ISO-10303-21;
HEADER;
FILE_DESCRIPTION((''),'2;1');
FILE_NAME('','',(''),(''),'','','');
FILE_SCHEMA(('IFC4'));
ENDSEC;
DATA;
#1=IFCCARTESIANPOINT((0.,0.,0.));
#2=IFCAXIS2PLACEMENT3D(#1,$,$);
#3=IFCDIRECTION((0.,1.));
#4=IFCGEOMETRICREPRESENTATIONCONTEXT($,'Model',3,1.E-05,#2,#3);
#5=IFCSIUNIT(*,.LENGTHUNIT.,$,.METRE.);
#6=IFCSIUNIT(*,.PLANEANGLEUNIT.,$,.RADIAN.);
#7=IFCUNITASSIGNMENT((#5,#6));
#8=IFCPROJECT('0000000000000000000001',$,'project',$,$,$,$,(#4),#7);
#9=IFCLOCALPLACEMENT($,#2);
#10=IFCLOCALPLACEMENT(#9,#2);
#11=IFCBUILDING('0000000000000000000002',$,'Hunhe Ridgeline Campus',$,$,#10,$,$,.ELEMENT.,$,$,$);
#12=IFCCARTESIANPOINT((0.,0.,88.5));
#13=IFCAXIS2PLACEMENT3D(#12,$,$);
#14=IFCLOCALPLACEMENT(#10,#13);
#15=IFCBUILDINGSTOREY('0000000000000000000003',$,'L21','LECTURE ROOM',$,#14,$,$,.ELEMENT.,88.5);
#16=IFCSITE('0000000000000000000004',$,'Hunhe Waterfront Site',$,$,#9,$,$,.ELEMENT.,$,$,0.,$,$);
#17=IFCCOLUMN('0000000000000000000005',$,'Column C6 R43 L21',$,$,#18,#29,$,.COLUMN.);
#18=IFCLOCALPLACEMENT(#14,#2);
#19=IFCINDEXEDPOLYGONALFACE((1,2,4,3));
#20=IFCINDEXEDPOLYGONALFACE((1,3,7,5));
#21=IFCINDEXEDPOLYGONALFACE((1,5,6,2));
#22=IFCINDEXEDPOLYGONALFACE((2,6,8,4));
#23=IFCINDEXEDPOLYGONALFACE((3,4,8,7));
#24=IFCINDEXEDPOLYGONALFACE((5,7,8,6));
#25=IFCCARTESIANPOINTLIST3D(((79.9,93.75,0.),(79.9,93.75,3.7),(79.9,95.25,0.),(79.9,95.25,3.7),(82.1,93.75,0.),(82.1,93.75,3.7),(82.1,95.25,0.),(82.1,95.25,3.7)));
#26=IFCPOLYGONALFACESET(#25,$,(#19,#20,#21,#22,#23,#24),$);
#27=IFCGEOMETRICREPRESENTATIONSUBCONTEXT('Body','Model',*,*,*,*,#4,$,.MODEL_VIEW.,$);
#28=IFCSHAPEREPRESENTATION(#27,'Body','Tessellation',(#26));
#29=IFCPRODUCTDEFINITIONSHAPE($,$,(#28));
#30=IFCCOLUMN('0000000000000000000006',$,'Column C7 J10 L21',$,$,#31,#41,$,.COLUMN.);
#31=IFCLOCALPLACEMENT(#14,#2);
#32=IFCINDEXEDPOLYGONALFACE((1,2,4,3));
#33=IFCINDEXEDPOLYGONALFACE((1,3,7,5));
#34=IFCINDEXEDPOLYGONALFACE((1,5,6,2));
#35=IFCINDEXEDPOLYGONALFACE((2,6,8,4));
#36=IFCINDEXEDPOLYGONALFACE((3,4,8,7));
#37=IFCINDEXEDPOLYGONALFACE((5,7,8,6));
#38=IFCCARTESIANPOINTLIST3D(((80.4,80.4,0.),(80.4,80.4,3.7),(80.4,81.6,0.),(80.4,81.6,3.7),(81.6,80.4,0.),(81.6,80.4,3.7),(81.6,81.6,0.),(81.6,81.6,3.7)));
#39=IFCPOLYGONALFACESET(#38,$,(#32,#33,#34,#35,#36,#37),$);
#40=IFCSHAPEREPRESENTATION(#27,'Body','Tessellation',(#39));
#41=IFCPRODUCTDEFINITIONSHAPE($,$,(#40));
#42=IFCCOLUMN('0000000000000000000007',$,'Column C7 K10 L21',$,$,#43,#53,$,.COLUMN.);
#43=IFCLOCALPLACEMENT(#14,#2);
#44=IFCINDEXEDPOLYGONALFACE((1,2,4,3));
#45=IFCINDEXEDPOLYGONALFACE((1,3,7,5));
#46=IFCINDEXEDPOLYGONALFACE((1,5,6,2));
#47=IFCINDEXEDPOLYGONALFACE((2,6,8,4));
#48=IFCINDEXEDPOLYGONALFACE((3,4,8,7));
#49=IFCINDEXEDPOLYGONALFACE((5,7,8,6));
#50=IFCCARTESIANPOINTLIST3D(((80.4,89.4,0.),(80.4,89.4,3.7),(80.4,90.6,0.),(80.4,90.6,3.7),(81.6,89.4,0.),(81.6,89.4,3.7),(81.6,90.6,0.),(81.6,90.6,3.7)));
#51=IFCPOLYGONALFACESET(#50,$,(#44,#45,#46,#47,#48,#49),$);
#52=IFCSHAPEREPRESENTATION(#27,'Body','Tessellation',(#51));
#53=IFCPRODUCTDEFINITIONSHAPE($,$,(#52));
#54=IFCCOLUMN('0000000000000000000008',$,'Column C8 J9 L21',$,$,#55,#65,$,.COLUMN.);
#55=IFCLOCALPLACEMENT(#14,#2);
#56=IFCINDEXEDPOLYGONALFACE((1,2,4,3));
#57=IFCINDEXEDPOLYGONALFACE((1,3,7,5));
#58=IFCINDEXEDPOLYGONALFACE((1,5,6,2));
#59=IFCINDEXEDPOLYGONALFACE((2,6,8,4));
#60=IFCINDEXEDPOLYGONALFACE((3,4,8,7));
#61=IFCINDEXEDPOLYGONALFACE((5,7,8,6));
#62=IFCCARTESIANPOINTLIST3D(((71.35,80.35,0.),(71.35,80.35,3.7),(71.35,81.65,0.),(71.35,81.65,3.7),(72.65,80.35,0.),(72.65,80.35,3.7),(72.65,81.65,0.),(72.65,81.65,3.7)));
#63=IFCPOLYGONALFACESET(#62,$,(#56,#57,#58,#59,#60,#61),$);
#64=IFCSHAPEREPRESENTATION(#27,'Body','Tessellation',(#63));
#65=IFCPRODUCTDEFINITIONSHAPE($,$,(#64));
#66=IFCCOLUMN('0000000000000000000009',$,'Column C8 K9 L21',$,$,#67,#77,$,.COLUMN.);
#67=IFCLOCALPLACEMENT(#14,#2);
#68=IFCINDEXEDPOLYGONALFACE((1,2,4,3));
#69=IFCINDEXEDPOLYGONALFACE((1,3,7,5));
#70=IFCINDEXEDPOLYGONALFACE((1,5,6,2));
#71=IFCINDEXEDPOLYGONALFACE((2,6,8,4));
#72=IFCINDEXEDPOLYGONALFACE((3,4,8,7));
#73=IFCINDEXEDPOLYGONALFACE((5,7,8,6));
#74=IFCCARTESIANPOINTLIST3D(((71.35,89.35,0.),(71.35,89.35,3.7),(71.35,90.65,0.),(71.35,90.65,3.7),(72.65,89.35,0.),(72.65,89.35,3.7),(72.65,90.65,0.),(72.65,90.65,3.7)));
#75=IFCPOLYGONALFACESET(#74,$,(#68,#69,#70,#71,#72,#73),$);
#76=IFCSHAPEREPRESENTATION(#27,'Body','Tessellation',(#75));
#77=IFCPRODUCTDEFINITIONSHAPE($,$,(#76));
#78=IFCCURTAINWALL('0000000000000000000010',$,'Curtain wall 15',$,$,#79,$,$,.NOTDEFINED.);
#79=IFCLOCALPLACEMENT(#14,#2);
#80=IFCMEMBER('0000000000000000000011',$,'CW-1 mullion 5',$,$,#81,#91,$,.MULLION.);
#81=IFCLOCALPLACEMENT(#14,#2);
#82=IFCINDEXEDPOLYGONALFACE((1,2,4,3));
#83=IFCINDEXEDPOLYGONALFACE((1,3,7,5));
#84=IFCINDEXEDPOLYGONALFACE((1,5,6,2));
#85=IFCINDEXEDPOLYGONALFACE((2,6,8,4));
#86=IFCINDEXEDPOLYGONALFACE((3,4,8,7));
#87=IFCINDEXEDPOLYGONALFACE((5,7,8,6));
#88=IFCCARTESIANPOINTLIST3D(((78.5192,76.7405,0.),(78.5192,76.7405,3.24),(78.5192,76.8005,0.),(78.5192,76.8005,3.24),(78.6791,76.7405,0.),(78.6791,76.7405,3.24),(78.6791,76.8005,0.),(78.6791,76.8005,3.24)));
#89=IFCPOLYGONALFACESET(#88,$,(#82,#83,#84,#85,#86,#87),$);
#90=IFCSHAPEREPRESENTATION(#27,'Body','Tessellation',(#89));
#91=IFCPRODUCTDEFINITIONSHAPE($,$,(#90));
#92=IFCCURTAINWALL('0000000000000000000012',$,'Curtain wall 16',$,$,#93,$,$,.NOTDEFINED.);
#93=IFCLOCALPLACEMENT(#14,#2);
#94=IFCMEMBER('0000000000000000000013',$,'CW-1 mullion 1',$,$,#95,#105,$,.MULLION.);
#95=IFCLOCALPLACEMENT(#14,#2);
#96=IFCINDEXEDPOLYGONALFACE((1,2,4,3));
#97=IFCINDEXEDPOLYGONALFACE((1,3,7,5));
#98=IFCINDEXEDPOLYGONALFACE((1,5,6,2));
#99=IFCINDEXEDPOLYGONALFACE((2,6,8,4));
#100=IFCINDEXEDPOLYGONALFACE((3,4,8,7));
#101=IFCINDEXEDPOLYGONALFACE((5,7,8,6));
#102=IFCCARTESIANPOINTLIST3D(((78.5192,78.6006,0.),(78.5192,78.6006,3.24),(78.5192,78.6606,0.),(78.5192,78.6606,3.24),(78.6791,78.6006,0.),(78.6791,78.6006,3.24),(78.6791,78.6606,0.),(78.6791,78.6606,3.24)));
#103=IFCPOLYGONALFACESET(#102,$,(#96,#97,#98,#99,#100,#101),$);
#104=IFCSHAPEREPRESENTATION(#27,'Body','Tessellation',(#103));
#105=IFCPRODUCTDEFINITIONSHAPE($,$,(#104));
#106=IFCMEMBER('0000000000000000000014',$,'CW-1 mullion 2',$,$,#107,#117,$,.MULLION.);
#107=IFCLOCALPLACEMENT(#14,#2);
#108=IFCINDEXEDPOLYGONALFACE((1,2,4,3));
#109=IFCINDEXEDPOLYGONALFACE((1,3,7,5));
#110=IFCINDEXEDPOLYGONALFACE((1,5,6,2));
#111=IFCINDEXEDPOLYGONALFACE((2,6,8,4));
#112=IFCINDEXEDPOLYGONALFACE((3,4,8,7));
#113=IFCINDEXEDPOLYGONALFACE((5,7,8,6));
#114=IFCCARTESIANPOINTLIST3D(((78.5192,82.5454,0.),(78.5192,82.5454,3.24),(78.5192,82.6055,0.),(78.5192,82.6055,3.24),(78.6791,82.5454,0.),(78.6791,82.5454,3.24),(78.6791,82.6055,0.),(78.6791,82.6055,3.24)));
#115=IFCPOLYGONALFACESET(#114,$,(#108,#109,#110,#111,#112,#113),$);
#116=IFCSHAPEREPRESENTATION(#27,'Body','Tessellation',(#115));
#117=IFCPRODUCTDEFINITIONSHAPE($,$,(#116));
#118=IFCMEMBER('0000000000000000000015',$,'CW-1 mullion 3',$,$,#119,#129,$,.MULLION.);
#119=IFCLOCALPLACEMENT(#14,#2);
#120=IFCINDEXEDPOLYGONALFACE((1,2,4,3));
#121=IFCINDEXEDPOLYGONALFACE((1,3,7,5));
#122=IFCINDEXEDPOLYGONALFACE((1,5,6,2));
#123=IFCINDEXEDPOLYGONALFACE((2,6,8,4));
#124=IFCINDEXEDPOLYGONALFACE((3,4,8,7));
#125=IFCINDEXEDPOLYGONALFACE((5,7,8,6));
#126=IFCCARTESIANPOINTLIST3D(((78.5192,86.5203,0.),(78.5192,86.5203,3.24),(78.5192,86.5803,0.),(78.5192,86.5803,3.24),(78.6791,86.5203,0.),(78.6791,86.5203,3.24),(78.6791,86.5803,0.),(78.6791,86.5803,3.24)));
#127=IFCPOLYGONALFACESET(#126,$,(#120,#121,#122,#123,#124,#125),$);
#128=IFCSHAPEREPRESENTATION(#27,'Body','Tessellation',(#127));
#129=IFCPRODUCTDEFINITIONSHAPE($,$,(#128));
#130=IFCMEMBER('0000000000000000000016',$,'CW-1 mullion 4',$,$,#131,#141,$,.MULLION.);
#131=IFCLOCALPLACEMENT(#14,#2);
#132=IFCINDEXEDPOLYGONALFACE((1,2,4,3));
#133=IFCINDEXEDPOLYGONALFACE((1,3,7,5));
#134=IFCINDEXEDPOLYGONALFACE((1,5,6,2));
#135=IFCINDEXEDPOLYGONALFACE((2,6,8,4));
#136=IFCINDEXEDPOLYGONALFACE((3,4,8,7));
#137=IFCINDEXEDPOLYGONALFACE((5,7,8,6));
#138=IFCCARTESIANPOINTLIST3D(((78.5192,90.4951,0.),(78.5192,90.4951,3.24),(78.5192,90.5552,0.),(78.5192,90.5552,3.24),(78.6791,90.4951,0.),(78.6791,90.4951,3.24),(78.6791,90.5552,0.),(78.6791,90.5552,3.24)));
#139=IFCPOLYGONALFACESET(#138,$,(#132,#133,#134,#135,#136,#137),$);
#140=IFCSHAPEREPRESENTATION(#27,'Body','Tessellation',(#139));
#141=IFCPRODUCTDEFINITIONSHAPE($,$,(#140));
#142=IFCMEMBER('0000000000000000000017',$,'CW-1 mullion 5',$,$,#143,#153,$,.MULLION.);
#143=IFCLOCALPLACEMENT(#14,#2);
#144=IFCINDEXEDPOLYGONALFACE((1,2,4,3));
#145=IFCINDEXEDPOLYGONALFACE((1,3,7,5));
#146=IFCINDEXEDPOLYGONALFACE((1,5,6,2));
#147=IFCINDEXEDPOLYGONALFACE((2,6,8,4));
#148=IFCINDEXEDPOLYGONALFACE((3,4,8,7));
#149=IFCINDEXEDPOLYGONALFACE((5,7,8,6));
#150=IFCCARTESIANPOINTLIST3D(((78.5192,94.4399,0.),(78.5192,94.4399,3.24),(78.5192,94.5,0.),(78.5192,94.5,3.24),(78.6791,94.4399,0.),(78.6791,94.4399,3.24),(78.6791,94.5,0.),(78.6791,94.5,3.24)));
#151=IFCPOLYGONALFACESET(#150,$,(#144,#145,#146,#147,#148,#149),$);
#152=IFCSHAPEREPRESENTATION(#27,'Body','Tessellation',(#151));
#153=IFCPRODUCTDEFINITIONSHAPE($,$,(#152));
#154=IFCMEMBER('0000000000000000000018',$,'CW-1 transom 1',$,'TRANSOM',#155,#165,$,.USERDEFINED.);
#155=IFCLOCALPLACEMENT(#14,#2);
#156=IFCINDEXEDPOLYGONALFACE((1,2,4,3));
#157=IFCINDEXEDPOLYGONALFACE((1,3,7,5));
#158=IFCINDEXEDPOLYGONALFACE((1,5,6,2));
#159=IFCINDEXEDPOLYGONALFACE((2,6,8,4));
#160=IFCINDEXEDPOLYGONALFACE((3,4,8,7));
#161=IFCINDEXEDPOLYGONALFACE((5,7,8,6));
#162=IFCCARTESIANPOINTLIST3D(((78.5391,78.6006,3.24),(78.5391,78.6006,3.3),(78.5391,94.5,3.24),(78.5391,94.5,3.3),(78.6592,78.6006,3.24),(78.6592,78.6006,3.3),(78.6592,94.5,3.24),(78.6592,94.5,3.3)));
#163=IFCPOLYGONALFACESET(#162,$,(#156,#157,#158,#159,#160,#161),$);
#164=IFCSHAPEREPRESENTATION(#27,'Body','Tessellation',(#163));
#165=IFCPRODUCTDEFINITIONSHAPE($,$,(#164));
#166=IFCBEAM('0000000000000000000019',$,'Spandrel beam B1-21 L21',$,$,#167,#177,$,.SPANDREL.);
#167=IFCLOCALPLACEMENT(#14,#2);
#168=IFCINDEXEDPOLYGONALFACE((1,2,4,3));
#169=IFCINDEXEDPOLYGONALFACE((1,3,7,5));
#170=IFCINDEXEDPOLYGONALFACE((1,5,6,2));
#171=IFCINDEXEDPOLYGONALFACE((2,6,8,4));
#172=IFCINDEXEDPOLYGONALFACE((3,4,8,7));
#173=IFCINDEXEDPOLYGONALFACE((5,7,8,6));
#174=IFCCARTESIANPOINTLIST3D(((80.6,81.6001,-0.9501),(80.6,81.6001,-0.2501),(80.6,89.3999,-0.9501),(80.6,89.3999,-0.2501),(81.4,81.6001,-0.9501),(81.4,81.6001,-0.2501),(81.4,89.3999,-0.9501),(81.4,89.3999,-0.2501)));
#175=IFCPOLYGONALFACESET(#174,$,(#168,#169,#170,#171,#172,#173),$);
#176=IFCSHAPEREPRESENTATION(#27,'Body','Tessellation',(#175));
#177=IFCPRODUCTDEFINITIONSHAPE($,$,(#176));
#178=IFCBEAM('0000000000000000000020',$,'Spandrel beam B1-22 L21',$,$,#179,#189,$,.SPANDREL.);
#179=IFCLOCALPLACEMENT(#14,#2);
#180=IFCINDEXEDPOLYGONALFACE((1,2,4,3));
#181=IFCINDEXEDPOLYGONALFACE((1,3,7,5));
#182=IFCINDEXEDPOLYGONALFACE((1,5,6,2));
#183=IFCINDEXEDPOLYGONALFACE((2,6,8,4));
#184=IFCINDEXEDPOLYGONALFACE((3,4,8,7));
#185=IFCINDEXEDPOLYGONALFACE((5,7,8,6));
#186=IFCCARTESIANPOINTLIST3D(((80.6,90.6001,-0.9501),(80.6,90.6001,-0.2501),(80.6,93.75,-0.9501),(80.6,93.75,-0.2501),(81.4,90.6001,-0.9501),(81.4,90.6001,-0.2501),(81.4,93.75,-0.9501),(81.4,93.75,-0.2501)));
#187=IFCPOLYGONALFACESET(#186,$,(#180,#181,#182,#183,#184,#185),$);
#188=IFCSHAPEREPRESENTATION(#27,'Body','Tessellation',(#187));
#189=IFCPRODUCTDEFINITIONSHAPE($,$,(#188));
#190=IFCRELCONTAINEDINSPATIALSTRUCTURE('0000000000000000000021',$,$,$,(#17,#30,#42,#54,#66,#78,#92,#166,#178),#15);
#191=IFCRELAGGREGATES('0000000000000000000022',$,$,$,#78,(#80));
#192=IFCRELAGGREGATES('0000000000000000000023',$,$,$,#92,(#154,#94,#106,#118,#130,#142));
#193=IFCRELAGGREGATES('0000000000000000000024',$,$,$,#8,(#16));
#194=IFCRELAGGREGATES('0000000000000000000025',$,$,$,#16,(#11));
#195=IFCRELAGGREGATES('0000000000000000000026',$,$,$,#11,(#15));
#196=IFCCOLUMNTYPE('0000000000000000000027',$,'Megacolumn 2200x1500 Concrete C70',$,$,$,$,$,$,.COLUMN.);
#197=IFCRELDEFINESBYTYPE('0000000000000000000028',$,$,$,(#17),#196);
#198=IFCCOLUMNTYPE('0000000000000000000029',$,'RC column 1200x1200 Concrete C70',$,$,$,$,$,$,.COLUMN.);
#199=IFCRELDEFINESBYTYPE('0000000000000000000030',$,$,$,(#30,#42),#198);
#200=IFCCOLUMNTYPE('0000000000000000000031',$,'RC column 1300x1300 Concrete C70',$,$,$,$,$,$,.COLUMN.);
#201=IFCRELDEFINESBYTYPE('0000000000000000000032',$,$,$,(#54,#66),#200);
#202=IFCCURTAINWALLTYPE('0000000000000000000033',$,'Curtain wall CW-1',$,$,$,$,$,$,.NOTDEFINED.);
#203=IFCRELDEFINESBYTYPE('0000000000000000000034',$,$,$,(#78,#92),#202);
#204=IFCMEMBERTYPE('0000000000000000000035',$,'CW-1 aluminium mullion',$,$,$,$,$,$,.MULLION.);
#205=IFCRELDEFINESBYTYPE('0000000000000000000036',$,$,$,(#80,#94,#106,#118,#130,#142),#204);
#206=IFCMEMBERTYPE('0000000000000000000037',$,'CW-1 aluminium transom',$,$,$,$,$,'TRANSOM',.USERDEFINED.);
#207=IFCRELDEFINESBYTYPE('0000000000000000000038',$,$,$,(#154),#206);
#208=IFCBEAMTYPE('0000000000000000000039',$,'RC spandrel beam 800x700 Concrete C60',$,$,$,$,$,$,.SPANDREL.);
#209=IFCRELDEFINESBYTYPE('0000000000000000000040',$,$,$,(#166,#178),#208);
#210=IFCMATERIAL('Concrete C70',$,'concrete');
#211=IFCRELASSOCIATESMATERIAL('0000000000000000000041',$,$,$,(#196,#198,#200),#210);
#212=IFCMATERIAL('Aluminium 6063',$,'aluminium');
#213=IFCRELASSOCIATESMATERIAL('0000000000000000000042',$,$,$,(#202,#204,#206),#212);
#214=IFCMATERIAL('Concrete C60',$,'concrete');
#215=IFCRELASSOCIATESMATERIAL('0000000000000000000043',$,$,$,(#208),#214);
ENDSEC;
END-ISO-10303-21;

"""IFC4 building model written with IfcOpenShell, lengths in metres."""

from ifc_helpers import new_model, si_unit, direction, frame, origin, origin_2d, place, context, subcontext, project, spatial, rectangle, extrude, material, material_profile, profile_set, type_object, element, aggregate, save


model = new_model("IFC4")

# Units and contexts
model_context = context("Model", 3, precision=1e-05, world=origin(), true_north=direction((0.0, 1.0)))
body_context = subcontext(model_context, "Body", "Model", "MODEL_VIEW")
ifc_project = project(units=[si_unit("LENGTHUNIT", "METRE"), si_unit("PLANEANGLEUNIT", "RADIAN")], contexts=[model_context])

# Site, building, storey
site_placement = place(None, origin())
site = spatial("IfcSite", under=ifc_project, at=site_placement, Name="Hunhe Waterfront Site", CompositionType="ELEMENT", RefElevation=0.0)
building_placement = place(site_placement, origin())
building = spatial("IfcBuilding", under=site, at=building_placement, Name="Hunhe Ridgeline Campus", CompositionType="ELEMENT")
storey_placement = place(building_placement, frame((0.0, 0.0, 88.5)))
storey = spatial("IfcBuildingStorey", under=building, at=storey_placement, Name="L21", Description="LECTURE ROOM", CompositionType="ELEMENT", Elevation=88.5)

# Columns
ifc_material_1 = material(Name="Concrete C70", Category="concrete")
ifc_material_profile_1 = material_profile(ifc_material_1, rectangle(XDim=2.2, YDim=1.5, at=origin_2d()))
ifc_profile_set_1 = profile_set([ifc_material_profile_1], Name="Concrete C70")
column_type_1 = type_object("IfcColumnType", Name="Megacolumn 2200x1500 Concrete C70", PredefinedType="COLUMN", material=ifc_profile_set_1)
column_placement = place(storey_placement, frame((81.0, 94.5, 0.0), z_axis=(0.0, 0.0, 1.0), x_axis=(1.0, 0.0, 0.0)))
element("IfcColumn", 1, at=column_placement, inside=storey, type_object=column_type_1, Name="Column C6 R43 L21", PredefinedType="COLUMN", context=body_context, shape_type="SweptSolid", body=[
    extrude(rectangle(XDim=2.2, YDim=1.5, at=origin_2d()), origin(), (0.0, 0.0, 1.0), 3.7),
])
ifc_material_profile_2 = material_profile(ifc_material_1, rectangle(XDim=1.2, YDim=1.2, at=origin_2d()))
ifc_profile_set_2 = profile_set([ifc_material_profile_2], Name="Concrete C70")
column_type_2 = type_object("IfcColumnType", Name="RC column 1200x1200 Concrete C70", PredefinedType="COLUMN", material=ifc_profile_set_2)
for number, where, z_axis, x_axis, name in (
    (2, (81.0, 81.0, 0.0), (0.0, 0.0, 1.0), (1.0, 0.0, 0.0), "Column C7 J10 L21"),
    (3, (81.0, 90.0, 0.0), (0.0, 0.0, 1.0), (1.0, 0.0, 0.0), "Column C7 K10 L21"),
):
    element("IfcColumn", number, at=place(storey_placement, frame(where, z_axis=z_axis, x_axis=x_axis)), inside=storey, type_object=column_type_2, Name=name, PredefinedType="COLUMN", context=body_context, shape_type="SweptSolid", body=[
        extrude(rectangle(XDim=1.2, YDim=1.2, at=origin_2d()), origin(), (0.0, 0.0, 1.0), 3.7),
    ])
ifc_material_profile_3 = material_profile(ifc_material_1, rectangle(XDim=1.3, YDim=1.3, at=origin_2d()))
ifc_profile_set_3 = profile_set([ifc_material_profile_3], Name="Concrete C70")
column_type_3 = type_object("IfcColumnType", Name="RC column 1300x1300 Concrete C70", PredefinedType="COLUMN", material=ifc_profile_set_3)
for number, where, z_axis, x_axis, name in (
    (4, (72.0, 81.0, 0.0), (0.0, 0.0, 1.0), (1.0, 0.0, 0.0), "Column C8 J9 L21"),
    (5, (72.0, 90.0, 0.0), (0.0, 0.0, 1.0), (1.0, 0.0, 0.0), "Column C8 K9 L21"),
):
    element("IfcColumn", number, at=place(storey_placement, frame(where, z_axis=z_axis, x_axis=x_axis)), inside=storey, type_object=column_type_3, Name=name, PredefinedType="COLUMN", context=body_context, shape_type="SweptSolid", body=[
        extrude(rectangle(XDim=1.3, YDim=1.3, at=origin_2d()), origin(), (0.0, 0.0, 1.0), 3.7),
    ])

# Curtain wall, member
ifc_material_2 = material(Name="Aluminium 6063", Category="aluminium")
curtain_wall_type = type_object("IfcCurtainWallType", Name="Curtain wall CW-1", PredefinedType="NOTDEFINED", material=ifc_material_2)
curtain_wall_1_placement = place(storey_placement, origin())
curtain_wall_1 = element("IfcCurtainWall", 6, at=curtain_wall_1_placement, inside=storey, type_object=curtain_wall_type, Name="Curtain wall 15", PredefinedType="NOTDEFINED")
ifc_material_profile_4 = material_profile(ifc_material_2, rectangle(XDim=0.1599, YDim=0.0601, at=origin_2d()))
ifc_profile_set_4 = profile_set([ifc_material_profile_4], Name="Aluminium 6063")
member_type_1 = type_object("IfcMemberType", Name="CW-1 aluminium mullion", PredefinedType="MULLION", material=ifc_profile_set_4)
member_1_placement = place(storey_placement, frame((78.5991, 76.7705, 0.0), z_axis=(0.0, 0.0, 1.0), x_axis=(-1.0, 0.0, 0.0)))
member_1 = element("IfcMember", 7, at=member_1_placement, type_object=member_type_1, Name="CW-1 mullion 5", PredefinedType="MULLION", context=body_context, shape_type="SweptSolid", body=[
    extrude(rectangle(XDim=0.1599, YDim=0.0601, at=origin_2d()), origin(), (0.0, 0.0, 1.0), 3.24),
])
aggregate(curtain_wall_1, [member_1])

# Curtain wall, members
curtain_wall_2_placement = place(storey_placement, origin())
curtain_wall_2 = element("IfcCurtainWall", 8, at=curtain_wall_2_placement, inside=storey, type_object=curtain_wall_type, Name="Curtain wall 16", PredefinedType="NOTDEFINED")
member_2_placement = place(storey_placement, frame((78.5991, 78.6306, 0.0), z_axis=(0.0, 0.0, 1.0), x_axis=(-1.0, 0.0, 0.0)))
member_2 = element("IfcMember", 9, at=member_2_placement, type_object=member_type_1, Name="CW-1 mullion 1", PredefinedType="MULLION", context=body_context, shape_type="SweptSolid", body=[
    extrude(rectangle(XDim=0.1599, YDim=0.0601, at=origin_2d()), origin(), (0.0, 0.0, 1.0), 3.24),
])
member_3_placement = place(storey_placement, frame((78.5991, 82.5754, 0.0), z_axis=(0.0, 0.0, 1.0), x_axis=(-1.0, 0.0, 0.0)))
member_3 = element("IfcMember", 10, at=member_3_placement, type_object=member_type_1, Name="CW-1 mullion 2", PredefinedType="MULLION", context=body_context, shape_type="SweptSolid", body=[
    extrude(rectangle(XDim=0.1599, YDim=0.0601, at=origin_2d()), origin(), (0.0, 0.0, 1.0), 3.24),
])
member_4_placement = place(storey_placement, frame((78.5991, 86.5503, 0.0), z_axis=(0.0, 0.0, 1.0), x_axis=(-1.0, 0.0, 0.0)))
member_4 = element("IfcMember", 11, at=member_4_placement, type_object=member_type_1, Name="CW-1 mullion 3", PredefinedType="MULLION", context=body_context, shape_type="SweptSolid", body=[
    extrude(rectangle(XDim=0.1599, YDim=0.0601, at=origin_2d()), origin(), (0.0, 0.0, 1.0), 3.24),
])
member_5_placement = place(storey_placement, frame((78.5991, 90.5251, 0.0), z_axis=(0.0, 0.0, 1.0), x_axis=(-1.0, 0.0, 0.0)))
member_5 = element("IfcMember", 12, at=member_5_placement, type_object=member_type_1, Name="CW-1 mullion 4", PredefinedType="MULLION", context=body_context, shape_type="SweptSolid", body=[
    extrude(rectangle(XDim=0.1599, YDim=0.0601, at=origin_2d()), origin(), (0.0, 0.0, 1.0), 3.24),
])
member_6_placement = place(storey_placement, frame((78.5991, 94.47, 0.0), z_axis=(0.0, 0.0, 1.0), x_axis=(-1.0, 0.0, 0.0)))
member_6 = element("IfcMember", 13, at=member_6_placement, type_object=member_type_1, Name="CW-1 mullion 5", PredefinedType="MULLION", context=body_context, shape_type="SweptSolid", body=[
    extrude(rectangle(XDim=0.1599, YDim=0.0601, at=origin_2d()), origin(), (0.0, 0.0, 1.0), 3.24),
])
ifc_material_profile_5 = material_profile(ifc_material_2, rectangle(XDim=0.1201, YDim=0.0601, at=origin_2d()))
ifc_profile_set_5 = profile_set([ifc_material_profile_5], Name="Aluminium 6063")
member_type_2 = type_object("IfcMemberType", Name="CW-1 aluminium transom", ElementType="TRANSOM", PredefinedType="USERDEFINED", material=ifc_profile_set_5)
member_7_placement = place(storey_placement, frame((78.5991, 78.6006, 3.27), z_axis=(0.0, 1.0, 0.0), x_axis=(-1.0, 0.0, 0.0)))
member_7 = element("IfcMember", 14, at=member_7_placement, type_object=member_type_2, Name="CW-1 transom 1", ObjectType="TRANSOM", PredefinedType="USERDEFINED", context=body_context, shape_type="SweptSolid", body=[
    extrude(rectangle(XDim=0.1201, YDim=0.0601, at=origin_2d()), origin(), (0.0, 0.0, 1.0), 15.8994),
])

# Beams
ifc_material_3 = material(Name="Concrete C60", Category="concrete")
ifc_material_profile_6 = material_profile(ifc_material_3, rectangle(XDim=0.8, YDim=0.7, at=origin_2d()))
ifc_profile_set_6 = profile_set([ifc_material_profile_6], Name="Concrete C60")
beam_type = type_object("IfcBeamType", Name="RC spandrel beam 800x700 Concrete C60", PredefinedType="SPANDREL", material=ifc_profile_set_6)
beam_1_placement = place(storey_placement, frame((81.0, 81.6001, -0.6001), z_axis=(0.0, 1.0, 0.0), x_axis=(-1.0, 0.0, 0.0)))
element("IfcBeam", 15, at=beam_1_placement, inside=storey, type_object=beam_type, Name="Spandrel beam B1-21 L21", PredefinedType="SPANDREL", context=body_context, shape_type="SweptSolid", body=[
    extrude(rectangle(XDim=0.8, YDim=0.7, at=origin_2d()), origin(), (0.0, 0.0, 1.0), 7.7998),
])
beam_2_placement = place(storey_placement, frame((81.0, 90.6001, -0.6001), z_axis=(0.0, 1.0, 0.0), x_axis=(-1.0, 0.0, 0.0)))
element("IfcBeam", 16, at=beam_2_placement, inside=storey, type_object=beam_type, Name="Spandrel beam B1-22 L21", PredefinedType="SPANDREL", context=body_context, shape_type="SweptSolid", body=[
    extrude(rectangle(XDim=0.8, YDim=0.7, at=origin_2d()), origin(), (0.0, 0.0, 1.0), 3.1499),
])

aggregate(curtain_wall_2, [member_7, member_2, member_3, member_4, member_5, member_6])

save(model, "model.ifc")
